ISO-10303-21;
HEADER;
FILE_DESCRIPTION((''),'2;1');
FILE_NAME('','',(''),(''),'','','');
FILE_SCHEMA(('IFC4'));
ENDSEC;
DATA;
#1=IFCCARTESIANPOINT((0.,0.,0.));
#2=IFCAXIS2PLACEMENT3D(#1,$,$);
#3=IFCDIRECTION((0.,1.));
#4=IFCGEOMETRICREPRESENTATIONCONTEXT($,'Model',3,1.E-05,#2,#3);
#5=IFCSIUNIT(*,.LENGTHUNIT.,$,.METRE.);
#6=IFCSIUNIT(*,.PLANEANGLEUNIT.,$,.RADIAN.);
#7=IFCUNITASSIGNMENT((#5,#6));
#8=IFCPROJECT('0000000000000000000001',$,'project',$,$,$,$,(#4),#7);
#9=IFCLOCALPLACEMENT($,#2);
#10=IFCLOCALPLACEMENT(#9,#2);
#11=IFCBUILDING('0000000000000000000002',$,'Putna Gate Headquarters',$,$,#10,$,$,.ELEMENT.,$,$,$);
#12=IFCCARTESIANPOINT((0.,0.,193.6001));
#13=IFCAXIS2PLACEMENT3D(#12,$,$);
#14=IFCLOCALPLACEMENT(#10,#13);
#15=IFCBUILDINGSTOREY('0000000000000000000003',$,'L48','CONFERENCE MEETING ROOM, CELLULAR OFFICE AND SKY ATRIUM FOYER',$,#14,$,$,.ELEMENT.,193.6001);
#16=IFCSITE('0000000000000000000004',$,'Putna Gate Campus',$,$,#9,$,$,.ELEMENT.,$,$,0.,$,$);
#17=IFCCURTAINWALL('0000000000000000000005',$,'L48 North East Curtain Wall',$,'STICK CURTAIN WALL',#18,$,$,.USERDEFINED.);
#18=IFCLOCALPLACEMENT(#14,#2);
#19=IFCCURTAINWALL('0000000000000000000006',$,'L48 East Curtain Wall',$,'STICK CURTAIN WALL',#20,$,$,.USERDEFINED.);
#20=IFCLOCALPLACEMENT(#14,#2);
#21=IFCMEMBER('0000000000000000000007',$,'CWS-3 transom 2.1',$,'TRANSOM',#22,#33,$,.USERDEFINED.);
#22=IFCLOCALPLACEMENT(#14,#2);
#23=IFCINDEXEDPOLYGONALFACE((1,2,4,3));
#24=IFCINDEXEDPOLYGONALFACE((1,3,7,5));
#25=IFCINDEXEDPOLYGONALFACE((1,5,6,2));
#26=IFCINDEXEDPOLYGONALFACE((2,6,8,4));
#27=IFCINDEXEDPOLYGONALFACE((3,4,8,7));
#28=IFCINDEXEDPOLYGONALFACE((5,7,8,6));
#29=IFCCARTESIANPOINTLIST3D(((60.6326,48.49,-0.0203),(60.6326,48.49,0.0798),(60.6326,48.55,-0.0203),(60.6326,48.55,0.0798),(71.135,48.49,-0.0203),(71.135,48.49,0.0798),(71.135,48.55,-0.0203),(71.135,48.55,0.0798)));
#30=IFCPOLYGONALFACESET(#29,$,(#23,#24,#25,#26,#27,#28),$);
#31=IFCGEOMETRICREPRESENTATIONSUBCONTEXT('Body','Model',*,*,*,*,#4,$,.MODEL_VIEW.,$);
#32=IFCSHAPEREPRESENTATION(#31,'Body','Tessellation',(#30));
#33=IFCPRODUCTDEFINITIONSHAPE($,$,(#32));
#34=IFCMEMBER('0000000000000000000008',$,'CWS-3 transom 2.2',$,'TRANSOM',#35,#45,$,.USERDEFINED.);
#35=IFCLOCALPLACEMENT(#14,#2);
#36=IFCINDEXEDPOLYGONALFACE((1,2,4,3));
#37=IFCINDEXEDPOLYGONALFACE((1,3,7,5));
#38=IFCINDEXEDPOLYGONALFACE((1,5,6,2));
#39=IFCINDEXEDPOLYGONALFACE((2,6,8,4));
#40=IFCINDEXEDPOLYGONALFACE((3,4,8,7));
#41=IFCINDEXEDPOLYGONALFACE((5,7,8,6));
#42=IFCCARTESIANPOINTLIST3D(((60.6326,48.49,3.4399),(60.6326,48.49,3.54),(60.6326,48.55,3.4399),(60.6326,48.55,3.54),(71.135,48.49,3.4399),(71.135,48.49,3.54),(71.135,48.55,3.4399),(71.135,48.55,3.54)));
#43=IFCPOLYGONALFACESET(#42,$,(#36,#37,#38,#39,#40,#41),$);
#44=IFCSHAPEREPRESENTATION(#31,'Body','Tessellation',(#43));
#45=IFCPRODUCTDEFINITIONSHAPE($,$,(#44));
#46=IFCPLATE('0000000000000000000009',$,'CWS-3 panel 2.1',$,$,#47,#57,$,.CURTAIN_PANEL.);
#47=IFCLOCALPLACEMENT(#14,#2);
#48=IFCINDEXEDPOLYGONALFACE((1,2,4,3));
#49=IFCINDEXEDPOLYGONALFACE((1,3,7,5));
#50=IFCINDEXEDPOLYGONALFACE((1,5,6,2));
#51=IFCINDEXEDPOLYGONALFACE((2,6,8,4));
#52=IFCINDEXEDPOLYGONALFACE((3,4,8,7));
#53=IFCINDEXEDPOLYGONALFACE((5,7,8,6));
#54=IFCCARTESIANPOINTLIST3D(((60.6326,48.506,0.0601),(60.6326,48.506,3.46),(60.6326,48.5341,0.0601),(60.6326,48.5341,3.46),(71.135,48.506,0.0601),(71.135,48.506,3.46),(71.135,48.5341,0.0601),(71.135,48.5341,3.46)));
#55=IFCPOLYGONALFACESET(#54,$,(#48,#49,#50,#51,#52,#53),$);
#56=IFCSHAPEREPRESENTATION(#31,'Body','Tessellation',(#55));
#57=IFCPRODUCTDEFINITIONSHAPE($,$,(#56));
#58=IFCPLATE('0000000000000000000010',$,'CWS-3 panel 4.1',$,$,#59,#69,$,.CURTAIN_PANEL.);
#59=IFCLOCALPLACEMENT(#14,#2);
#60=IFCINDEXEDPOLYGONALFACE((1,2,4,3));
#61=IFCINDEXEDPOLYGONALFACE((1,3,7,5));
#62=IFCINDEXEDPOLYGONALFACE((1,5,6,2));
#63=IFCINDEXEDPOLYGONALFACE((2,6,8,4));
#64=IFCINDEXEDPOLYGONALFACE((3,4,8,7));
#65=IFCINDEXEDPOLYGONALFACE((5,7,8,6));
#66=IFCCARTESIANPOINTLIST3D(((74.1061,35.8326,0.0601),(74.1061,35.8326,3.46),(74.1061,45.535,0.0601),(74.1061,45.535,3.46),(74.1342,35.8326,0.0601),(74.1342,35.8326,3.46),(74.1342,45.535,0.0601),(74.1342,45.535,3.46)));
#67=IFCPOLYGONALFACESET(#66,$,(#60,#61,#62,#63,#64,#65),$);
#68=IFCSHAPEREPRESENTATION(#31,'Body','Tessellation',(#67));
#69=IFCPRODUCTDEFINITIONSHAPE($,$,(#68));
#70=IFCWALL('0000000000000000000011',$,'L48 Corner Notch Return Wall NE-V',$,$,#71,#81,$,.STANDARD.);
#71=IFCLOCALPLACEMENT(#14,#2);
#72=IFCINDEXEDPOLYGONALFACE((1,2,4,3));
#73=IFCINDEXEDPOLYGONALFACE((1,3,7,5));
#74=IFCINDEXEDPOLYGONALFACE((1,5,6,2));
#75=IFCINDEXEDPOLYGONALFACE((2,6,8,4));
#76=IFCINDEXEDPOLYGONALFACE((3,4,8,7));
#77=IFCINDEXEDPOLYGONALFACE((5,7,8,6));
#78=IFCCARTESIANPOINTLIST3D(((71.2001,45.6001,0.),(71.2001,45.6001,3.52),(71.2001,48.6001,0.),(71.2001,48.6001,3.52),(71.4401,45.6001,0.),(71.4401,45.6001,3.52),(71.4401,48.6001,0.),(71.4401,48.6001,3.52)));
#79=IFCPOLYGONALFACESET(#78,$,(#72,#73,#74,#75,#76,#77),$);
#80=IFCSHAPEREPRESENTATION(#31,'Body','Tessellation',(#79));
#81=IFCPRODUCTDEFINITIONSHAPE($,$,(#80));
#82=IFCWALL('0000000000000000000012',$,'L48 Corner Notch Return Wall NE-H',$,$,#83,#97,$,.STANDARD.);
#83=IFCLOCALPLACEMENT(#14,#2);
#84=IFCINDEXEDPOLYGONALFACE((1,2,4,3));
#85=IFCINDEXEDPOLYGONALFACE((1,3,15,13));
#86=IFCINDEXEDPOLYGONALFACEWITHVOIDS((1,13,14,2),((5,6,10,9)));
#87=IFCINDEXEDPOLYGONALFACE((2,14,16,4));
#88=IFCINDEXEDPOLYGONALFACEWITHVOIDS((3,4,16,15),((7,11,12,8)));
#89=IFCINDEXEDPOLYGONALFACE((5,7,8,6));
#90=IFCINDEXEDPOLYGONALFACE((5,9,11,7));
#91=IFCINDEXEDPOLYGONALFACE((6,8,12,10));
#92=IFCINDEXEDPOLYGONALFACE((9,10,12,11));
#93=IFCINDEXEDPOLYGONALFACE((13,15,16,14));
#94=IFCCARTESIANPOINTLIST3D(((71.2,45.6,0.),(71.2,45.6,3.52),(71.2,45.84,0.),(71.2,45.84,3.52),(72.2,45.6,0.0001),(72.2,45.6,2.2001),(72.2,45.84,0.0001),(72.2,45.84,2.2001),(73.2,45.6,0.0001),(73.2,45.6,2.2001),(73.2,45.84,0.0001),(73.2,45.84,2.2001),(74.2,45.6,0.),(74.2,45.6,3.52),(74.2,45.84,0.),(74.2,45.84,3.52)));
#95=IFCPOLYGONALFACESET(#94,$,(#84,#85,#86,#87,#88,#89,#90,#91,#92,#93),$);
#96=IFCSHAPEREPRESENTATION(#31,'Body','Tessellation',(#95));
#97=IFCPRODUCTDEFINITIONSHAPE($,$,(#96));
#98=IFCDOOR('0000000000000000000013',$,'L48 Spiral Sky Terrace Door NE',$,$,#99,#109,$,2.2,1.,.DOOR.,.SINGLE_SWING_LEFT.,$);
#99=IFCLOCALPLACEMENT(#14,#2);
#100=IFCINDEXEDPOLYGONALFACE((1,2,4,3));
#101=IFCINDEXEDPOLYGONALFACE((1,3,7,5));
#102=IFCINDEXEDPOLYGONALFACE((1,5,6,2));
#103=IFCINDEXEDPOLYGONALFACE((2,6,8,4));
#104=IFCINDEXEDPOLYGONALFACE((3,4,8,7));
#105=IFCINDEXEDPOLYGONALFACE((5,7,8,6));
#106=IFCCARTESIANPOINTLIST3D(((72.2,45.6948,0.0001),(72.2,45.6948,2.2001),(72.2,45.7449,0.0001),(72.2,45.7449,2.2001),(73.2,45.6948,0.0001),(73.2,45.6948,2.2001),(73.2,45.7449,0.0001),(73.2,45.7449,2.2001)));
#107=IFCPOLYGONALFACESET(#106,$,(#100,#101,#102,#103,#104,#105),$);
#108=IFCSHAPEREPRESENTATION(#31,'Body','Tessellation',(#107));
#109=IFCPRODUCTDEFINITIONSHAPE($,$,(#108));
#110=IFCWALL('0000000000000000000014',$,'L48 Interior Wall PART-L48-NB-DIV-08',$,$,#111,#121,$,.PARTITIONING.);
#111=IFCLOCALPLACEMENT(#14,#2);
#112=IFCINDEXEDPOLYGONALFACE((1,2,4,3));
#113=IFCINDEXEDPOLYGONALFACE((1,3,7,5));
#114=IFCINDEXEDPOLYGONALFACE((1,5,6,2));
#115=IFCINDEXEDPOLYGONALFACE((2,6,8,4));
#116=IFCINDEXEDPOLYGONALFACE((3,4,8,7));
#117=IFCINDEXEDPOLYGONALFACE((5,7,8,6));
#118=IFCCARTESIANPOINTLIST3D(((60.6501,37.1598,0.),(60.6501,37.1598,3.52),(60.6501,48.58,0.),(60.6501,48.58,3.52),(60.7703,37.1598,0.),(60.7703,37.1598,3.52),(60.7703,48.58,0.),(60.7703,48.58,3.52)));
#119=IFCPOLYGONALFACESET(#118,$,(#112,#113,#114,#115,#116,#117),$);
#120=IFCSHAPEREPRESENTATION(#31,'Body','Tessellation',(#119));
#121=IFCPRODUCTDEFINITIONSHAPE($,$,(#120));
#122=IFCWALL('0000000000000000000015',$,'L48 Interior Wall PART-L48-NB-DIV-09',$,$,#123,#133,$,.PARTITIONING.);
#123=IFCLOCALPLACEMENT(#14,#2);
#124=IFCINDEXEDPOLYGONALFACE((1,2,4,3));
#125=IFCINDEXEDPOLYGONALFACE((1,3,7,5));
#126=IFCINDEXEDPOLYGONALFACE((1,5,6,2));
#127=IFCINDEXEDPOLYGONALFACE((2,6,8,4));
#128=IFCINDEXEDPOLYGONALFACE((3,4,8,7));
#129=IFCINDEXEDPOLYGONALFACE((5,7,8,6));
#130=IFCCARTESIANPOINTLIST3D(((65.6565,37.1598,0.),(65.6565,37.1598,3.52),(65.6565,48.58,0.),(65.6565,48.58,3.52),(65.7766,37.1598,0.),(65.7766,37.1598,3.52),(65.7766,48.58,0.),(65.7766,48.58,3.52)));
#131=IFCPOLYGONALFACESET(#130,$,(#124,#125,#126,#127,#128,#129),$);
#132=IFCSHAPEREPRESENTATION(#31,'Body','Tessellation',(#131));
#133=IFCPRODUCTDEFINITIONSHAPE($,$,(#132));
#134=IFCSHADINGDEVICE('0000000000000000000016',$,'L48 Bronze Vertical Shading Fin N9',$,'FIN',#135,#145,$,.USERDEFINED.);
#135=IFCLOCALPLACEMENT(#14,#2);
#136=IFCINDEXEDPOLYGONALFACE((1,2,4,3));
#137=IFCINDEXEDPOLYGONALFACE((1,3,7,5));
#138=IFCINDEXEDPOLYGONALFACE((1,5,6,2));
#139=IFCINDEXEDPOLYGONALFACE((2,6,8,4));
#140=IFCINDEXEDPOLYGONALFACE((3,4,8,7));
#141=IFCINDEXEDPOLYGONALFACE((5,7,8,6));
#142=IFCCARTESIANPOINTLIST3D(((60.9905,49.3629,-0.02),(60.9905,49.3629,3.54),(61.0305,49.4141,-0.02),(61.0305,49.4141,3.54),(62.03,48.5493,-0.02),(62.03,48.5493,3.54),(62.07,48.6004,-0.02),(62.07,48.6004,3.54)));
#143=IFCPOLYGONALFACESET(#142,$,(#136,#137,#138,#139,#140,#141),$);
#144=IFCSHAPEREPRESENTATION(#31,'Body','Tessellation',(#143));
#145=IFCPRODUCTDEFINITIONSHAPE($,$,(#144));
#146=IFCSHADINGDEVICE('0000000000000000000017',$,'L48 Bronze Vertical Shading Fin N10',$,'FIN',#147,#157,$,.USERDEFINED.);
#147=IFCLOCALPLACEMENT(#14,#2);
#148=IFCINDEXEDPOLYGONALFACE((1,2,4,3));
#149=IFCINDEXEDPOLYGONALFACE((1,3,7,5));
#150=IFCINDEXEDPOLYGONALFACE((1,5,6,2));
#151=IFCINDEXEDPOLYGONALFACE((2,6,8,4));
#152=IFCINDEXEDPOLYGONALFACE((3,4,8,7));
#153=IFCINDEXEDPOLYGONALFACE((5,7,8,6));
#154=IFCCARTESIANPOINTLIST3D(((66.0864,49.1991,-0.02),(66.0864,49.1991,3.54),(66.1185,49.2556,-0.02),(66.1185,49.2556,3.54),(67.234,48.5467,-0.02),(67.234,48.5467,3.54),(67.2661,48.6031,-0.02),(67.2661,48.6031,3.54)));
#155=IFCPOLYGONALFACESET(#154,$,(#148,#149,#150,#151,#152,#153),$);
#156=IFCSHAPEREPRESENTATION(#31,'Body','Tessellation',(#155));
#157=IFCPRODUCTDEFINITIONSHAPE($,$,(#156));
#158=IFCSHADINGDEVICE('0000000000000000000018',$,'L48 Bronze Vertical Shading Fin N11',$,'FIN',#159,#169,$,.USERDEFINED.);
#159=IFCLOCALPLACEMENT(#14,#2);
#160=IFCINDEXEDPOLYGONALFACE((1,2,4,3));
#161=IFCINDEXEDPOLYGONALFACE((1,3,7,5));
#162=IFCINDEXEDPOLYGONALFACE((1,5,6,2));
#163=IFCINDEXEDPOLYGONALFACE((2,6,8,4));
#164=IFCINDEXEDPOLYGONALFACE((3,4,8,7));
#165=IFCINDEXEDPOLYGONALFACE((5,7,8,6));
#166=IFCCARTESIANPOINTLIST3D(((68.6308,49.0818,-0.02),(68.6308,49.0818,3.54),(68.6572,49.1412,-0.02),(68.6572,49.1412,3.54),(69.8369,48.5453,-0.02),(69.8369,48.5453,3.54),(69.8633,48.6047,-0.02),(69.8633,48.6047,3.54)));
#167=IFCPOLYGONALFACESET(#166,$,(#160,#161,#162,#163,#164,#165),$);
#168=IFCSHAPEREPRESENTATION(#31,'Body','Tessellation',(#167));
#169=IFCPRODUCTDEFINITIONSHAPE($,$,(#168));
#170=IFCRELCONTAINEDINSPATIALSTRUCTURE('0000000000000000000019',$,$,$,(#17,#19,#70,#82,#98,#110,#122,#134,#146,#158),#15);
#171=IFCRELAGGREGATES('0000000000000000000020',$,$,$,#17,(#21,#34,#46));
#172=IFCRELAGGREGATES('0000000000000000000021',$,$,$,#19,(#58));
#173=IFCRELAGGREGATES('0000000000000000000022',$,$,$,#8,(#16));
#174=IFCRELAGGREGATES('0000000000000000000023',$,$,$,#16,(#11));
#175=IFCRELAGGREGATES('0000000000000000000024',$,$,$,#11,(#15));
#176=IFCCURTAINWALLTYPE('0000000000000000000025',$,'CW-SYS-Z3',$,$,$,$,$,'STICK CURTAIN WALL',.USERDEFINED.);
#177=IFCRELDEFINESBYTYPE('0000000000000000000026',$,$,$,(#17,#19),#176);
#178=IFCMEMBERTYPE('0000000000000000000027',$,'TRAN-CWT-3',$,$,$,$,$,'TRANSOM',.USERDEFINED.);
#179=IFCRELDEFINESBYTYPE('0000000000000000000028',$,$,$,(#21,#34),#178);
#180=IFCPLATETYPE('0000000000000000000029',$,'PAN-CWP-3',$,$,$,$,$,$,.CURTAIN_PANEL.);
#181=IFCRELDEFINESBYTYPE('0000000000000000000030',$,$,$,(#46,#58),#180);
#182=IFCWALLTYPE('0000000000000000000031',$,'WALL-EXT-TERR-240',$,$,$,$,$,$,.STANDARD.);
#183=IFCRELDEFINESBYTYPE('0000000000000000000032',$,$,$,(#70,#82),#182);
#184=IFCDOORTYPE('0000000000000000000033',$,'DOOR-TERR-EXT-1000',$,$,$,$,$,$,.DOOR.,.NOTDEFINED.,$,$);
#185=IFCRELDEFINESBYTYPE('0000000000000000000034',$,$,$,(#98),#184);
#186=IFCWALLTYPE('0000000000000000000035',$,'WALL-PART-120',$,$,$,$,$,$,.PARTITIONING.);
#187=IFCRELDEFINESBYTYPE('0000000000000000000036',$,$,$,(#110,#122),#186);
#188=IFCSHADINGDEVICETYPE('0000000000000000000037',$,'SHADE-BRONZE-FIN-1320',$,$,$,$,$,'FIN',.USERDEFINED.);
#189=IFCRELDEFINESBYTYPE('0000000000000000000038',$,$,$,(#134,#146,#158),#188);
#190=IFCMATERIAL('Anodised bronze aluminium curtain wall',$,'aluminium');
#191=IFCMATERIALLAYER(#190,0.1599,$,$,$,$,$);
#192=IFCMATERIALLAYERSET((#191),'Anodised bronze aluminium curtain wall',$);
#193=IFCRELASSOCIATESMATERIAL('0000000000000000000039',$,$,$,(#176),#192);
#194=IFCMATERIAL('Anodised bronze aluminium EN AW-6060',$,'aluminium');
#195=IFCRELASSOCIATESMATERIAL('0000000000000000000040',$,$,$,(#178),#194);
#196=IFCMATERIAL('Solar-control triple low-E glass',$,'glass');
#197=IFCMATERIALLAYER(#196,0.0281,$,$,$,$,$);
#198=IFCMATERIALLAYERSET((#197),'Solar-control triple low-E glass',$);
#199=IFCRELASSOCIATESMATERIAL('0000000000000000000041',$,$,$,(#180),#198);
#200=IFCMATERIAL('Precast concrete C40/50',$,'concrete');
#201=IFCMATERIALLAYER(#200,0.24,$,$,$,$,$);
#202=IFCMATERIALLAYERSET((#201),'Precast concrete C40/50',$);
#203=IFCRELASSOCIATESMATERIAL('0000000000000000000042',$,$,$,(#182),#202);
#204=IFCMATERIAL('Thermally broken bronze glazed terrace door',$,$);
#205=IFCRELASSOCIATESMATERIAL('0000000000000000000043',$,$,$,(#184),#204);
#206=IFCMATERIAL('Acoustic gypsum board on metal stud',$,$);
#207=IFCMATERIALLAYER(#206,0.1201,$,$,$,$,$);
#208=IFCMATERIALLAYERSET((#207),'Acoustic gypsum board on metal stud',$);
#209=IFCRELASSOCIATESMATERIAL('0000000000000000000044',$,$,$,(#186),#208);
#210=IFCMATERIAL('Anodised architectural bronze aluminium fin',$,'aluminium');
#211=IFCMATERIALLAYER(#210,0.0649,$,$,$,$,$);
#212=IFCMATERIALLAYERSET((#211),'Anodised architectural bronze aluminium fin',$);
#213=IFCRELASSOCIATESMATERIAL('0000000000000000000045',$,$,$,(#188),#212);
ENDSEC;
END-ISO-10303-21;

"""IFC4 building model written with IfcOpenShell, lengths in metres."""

from ifc_helpers import new_model, si_unit, direction, frame, frame_2d, origin, origin_2d, place, context, subcontext, project, spatial, rectangle, extrude, material, layer, layer_set, material_profile, profile_set, type_object, element, fill, aggregate, save


model = new_model("IFC4")

# Units and contexts
model_context = context("Model", 3, precision=1e-05, world=origin(), true_north=direction((0.0, 1.0)))
body_context = subcontext(model_context, "Body", "Model", "MODEL_VIEW")
ifc_project = project(units=[si_unit("LENGTHUNIT", "METRE"), si_unit("PLANEANGLEUNIT", "RADIAN")], contexts=[model_context])

# Site, building, storey
site_placement = place(None, origin())
site = spatial("IfcSite", under=ifc_project, at=site_placement, Name="Putna Gate Campus", CompositionType="ELEMENT", RefElevation=0.0)
building_placement = place(site_placement, origin())
building = spatial("IfcBuilding", under=site, at=building_placement, Name="Putna Gate Headquarters", CompositionType="ELEMENT")
storey_placement = place(building_placement, frame((0.0, 0.0, 193.6001)))
storey = spatial("IfcBuildingStorey", under=building, at=storey_placement, Name="L48", Description="CONFERENCE MEETING ROOM, CELLULAR OFFICE AND SKY ATRIUM FOYER", CompositionType="ELEMENT", Elevation=193.6001)

# Curtain wall
ifc_material_1 = material(Name="Anodised bronze aluminium curtain wall", Category="aluminium")
ifc_layer_1 = layer(ifc_material_1, 0.1599)
ifc_layer_set_1 = layer_set([ifc_layer_1], Name="Anodised bronze aluminium curtain wall")
curtain_wall_type = type_object("IfcCurtainWallType", Name="CW-SYS-Z3", ElementType="STICK CURTAIN WALL", PredefinedType="USERDEFINED", material=ifc_layer_set_1)
curtain_wall_1_placement = place(storey_placement, origin())
curtain_wall_1 = element("IfcCurtainWall", 1, at=curtain_wall_1_placement, inside=storey, type_object=curtain_wall_type, Name="L48 North East Curtain Wall", ObjectType="STICK CURTAIN WALL", PredefinedType="USERDEFINED")
ifc_material_2 = material(Name="Anodised bronze aluminium EN AW-6060", Category="aluminium")

# Curtain wall
curtain_wall_2_placement = place(storey_placement, origin())
curtain_wall_2 = element("IfcCurtainWall", 2, at=curtain_wall_2_placement, inside=storey, type_object=curtain_wall_type, Name="L48 East Curtain Wall", ObjectType="STICK CURTAIN WALL", PredefinedType="USERDEFINED")

# Members
ifc_material_profile_1 = material_profile(ifc_material_2, rectangle(XDim=0.0601, YDim=0.1001, at=origin_2d()), Name="Anodised bronze aluminium EN AW-6060")
ifc_profile_set_1 = profile_set([ifc_material_profile_1], Name="Anodised bronze aluminium EN AW-6060")
member_type_1 = type_object("IfcMemberType", Name="TRAN-CWT-3", ElementType="TRANSOM", PredefinedType="USERDEFINED", material=ifc_profile_set_1)
member_1_placement = place(storey_placement, frame((60.6326, 48.52, 0.0298), z_axis=(1.0, 0.0, 0.0), x_axis=(0.0, 1.0, 0.0)))
member_1 = element("IfcMember", 3, at=member_1_placement, type_object=member_type_1, Name="CWS-3 transom 2.1", ObjectType="TRANSOM", PredefinedType="USERDEFINED", context=body_context, shape_type="SweptSolid", body=[
    extrude(rectangle(XDim=0.0601, YDim=0.1001, at=origin_2d()), origin(), (0.0, 0.0, 1.0), 10.5024),
])
member_2_placement = place(storey_placement, frame((60.6326, 48.52, 3.49), z_axis=(1.0, 0.0, 0.0), x_axis=(0.0, 1.0, 0.0)))
member_2 = element("IfcMember", 4, at=member_2_placement, type_object=member_type_1, Name="CWS-3 transom 2.2", ObjectType="TRANSOM", PredefinedType="USERDEFINED", context=body_context, shape_type="SweptSolid", body=[
    extrude(rectangle(XDim=0.0601, YDim=0.1001, at=origin_2d()), origin(), (0.0, 0.0, 1.0), 10.5024),
])

# Plates
ifc_material_3 = material(Name="Solar-control triple low-E glass", Category="glass")
ifc_layer_2 = layer(ifc_material_3, 0.0281)
ifc_layer_set_2 = layer_set([ifc_layer_2], Name="Solar-control triple low-E glass")
plate_type = type_object("IfcPlateType", Name="PAN-CWP-3", PredefinedType="CURTAIN_PANEL", material=ifc_layer_set_2)
plate_1_placement = place(storey_placement, frame((65.8838, 48.52, 0.0601), z_axis=(0.0, 0.0, 1.0), x_axis=(1.0, 0.0, 0.0)))
plate_1 = element("IfcPlate", 5, at=plate_1_placement, type_object=plate_type, Name="CWS-3 panel 2.1", PredefinedType="CURTAIN_PANEL", context=body_context, shape_type="SweptSolid", body=[
    extrude(rectangle(XDim=10.5024, YDim=0.0281, at=origin_2d()), origin(), (0.0, 0.0, 1.0), 3.3999),
])
aggregate(curtain_wall_1, [member_1, member_2, plate_1])
plate_2_placement = place(storey_placement, frame((74.1201, 40.6838, 0.0601), z_axis=(0.0, 0.0, 1.0), x_axis=(0.0, 1.0, 0.0)))
plate_2 = element("IfcPlate", 6, at=plate_2_placement, type_object=plate_type, Name="CWS-3 panel 4.1", PredefinedType="CURTAIN_PANEL", context=body_context, shape_type="SweptSolid", body=[
    extrude(rectangle(XDim=9.7024, YDim=0.0281, at=origin_2d()), origin(), (0.0, 0.0, 1.0), 3.3999),
])
aggregate(curtain_wall_2, [plate_2])

# Wall
ifc_material_4 = material(Name="Precast concrete C40/50", Category="concrete")
ifc_layer_3 = layer(ifc_material_4, 0.24)
ifc_layer_set_3 = layer_set([ifc_layer_3], Name="Precast concrete C40/50")
wall_type_1 = type_object("IfcWallType", Name="WALL-EXT-TERR-240", PredefinedType="STANDARD", material=ifc_layer_set_3)
wall_1_placement = place(storey_placement, frame((71.3201, 48.6001, 0.0), z_axis=(0.0, 0.0, 1.0), x_axis=(0.0, -1.0, 0.0)))
element("IfcWall", 7, at=wall_1_placement, inside=storey, type_object=wall_type_1, Name="L48 Corner Notch Return Wall NE-V", PredefinedType="STANDARD", context=body_context, shape_type="SweptSolid", body=[
    extrude(rectangle(XDim=3.0, YDim=0.24, at=frame_2d((1.5, 0.0))), origin(), (0.0, 0.0, 1.0), 3.52),
])

# Wall, opening, door
wall_2_placement = place(storey_placement, frame((71.2, 45.72, 0.0), z_axis=(0.0, 0.0, 1.0), x_axis=(1.0, 0.0, 0.0)))
wall_2 = element("IfcWall", 8, at=wall_2_placement, inside=storey, type_object=wall_type_1, Name="L48 Corner Notch Return Wall NE-H", PredefinedType="STANDARD", context=body_context, shape_type="SweptSolid", body=[
    extrude(rectangle(XDim=3.0, YDim=0.24, at=frame_2d((1.5, 0.0))), origin(), (0.0, 0.0, 1.0), 3.52),
])
opening_placement = place(wall_2_placement, frame((1.0, 0.0, 0.0)))
opening = element("IfcOpeningElement", 9, at=opening_placement, cuts=wall_2, PredefinedType="OPENING", context=body_context, shape_type="SweptSolid", body=[
    extrude(rectangle(XDim=1.0, YDim=2.2, at=frame_2d((0.5, 1.1001))), frame((0.0, 0.1299, 0.0), z_axis=(0.0, -1.0, 0.0), x_axis=(1.0, 0.0, 0.0)), (0.0, 0.0, 1.0), 0.26),
])
ifc_material_5 = material(Name="Thermally broken bronze glazed terrace door")
door_type = type_object("IfcDoorType", Name="DOOR-TERR-EXT-1000", OperationType="NOTDEFINED", PredefinedType="DOOR", material=ifc_material_5)
door_placement = place(opening_placement, origin())
door = element("IfcDoor", 10, at=door_placement, inside=storey, type_object=door_type, Name="L48 Spiral Sky Terrace Door NE", OperationType="SINGLE_SWING_LEFT", OverallHeight=2.2, OverallWidth=1.0, PredefinedType="DOOR", context=body_context, shape_type="SweptSolid", body=[
    extrude(rectangle(XDim=1.0, YDim=2.2, at=frame_2d((0.5, 1.1001))), frame((0.0, 0.0249, 0.0), z_axis=(0.0, -1.0, 0.0), x_axis=(1.0, 0.0, 0.0)), (0.0, 0.0, 1.0), 0.05),
])
fill(opening, door)

# Walls
ifc_material_6 = material(Name="Acoustic gypsum board on metal stud")
ifc_layer_4 = layer(ifc_material_6, 0.1201)
ifc_layer_set_4 = layer_set([ifc_layer_4], Name="Acoustic gypsum board on metal stud")
wall_type_2 = type_object("IfcWallType", Name="WALL-PART-120", PredefinedType="PARTITIONING", material=ifc_layer_set_4)
for number, where, z_axis, x_axis, name in (
    (11, (60.7102, 37.1599, 0.0), (0.0, 0.0, 1.0), (0.0, 1.0, 0.0), "L48 Interior Wall PART-L48-NB-DIV-08"),
    (12, (65.7166, 37.1599, 0.0), (0.0, 0.0, 1.0), (0.0, 1.0, 0.0), "L48 Interior Wall PART-L48-NB-DIV-09"),
):
    element("IfcWall", number, at=place(storey_placement, frame(where, z_axis=z_axis, x_axis=x_axis)), inside=storey, type_object=wall_type_2, Name=name, PredefinedType="PARTITIONING", context=body_context, shape_type="SweptSolid", body=[
        extrude(rectangle(XDim=11.4202, YDim=0.1201, at=frame_2d((5.71, 0.0))), origin(), (0.0, 0.0, 1.0), 3.52),
    ])

# Shading devices
ifc_material_7 = material(Name="Anodised architectural bronze aluminium fin", Category="aluminium")
ifc_layer_5 = layer(ifc_material_7, 0.0649)
ifc_layer_set_5 = layer_set([ifc_layer_5], Name="Anodised architectural bronze aluminium fin")
shading_device_type = type_object("IfcShadingDeviceType", Name="SHADE-BRONZE-FIN-1320", ElementType="FIN", PredefinedType="USERDEFINED", material=ifc_layer_set_5)
for number, where, z_axis, x_axis, name in (
    (13, (61.5303, 48.9817, -0.02), (0.0, 0.0, 1.0), (-0.787473, 0.616349, 0.0), "L48 Bronze Vertical Shading Fin N9"),
    (14, (66.6763, 48.9011, -0.02), (0.0, 0.0, 1.0), (-0.869322, 0.494245, 0.0), "L48 Bronze Vertical Shading Fin N10"),
    (15, (69.2471, 48.8433, -0.02), (0.0, 0.0, 1.0), (-0.913687, 0.406418, 0.0), "L48 Bronze Vertical Shading Fin N11"),
):
    element("IfcShadingDevice", number, at=place(storey_placement, frame(where, z_axis=z_axis, x_axis=x_axis)), inside=storey, type_object=shading_device_type, Name=name, ObjectType="FIN", PredefinedType="USERDEFINED", context=body_context, shape_type="SweptSolid", body=[
        extrude(rectangle(XDim=1.3201, YDim=0.0649, at=origin_2d()), origin(), (0.0, 0.0, 1.0), 3.5601),
    ])

save(model, "model.ifc")
